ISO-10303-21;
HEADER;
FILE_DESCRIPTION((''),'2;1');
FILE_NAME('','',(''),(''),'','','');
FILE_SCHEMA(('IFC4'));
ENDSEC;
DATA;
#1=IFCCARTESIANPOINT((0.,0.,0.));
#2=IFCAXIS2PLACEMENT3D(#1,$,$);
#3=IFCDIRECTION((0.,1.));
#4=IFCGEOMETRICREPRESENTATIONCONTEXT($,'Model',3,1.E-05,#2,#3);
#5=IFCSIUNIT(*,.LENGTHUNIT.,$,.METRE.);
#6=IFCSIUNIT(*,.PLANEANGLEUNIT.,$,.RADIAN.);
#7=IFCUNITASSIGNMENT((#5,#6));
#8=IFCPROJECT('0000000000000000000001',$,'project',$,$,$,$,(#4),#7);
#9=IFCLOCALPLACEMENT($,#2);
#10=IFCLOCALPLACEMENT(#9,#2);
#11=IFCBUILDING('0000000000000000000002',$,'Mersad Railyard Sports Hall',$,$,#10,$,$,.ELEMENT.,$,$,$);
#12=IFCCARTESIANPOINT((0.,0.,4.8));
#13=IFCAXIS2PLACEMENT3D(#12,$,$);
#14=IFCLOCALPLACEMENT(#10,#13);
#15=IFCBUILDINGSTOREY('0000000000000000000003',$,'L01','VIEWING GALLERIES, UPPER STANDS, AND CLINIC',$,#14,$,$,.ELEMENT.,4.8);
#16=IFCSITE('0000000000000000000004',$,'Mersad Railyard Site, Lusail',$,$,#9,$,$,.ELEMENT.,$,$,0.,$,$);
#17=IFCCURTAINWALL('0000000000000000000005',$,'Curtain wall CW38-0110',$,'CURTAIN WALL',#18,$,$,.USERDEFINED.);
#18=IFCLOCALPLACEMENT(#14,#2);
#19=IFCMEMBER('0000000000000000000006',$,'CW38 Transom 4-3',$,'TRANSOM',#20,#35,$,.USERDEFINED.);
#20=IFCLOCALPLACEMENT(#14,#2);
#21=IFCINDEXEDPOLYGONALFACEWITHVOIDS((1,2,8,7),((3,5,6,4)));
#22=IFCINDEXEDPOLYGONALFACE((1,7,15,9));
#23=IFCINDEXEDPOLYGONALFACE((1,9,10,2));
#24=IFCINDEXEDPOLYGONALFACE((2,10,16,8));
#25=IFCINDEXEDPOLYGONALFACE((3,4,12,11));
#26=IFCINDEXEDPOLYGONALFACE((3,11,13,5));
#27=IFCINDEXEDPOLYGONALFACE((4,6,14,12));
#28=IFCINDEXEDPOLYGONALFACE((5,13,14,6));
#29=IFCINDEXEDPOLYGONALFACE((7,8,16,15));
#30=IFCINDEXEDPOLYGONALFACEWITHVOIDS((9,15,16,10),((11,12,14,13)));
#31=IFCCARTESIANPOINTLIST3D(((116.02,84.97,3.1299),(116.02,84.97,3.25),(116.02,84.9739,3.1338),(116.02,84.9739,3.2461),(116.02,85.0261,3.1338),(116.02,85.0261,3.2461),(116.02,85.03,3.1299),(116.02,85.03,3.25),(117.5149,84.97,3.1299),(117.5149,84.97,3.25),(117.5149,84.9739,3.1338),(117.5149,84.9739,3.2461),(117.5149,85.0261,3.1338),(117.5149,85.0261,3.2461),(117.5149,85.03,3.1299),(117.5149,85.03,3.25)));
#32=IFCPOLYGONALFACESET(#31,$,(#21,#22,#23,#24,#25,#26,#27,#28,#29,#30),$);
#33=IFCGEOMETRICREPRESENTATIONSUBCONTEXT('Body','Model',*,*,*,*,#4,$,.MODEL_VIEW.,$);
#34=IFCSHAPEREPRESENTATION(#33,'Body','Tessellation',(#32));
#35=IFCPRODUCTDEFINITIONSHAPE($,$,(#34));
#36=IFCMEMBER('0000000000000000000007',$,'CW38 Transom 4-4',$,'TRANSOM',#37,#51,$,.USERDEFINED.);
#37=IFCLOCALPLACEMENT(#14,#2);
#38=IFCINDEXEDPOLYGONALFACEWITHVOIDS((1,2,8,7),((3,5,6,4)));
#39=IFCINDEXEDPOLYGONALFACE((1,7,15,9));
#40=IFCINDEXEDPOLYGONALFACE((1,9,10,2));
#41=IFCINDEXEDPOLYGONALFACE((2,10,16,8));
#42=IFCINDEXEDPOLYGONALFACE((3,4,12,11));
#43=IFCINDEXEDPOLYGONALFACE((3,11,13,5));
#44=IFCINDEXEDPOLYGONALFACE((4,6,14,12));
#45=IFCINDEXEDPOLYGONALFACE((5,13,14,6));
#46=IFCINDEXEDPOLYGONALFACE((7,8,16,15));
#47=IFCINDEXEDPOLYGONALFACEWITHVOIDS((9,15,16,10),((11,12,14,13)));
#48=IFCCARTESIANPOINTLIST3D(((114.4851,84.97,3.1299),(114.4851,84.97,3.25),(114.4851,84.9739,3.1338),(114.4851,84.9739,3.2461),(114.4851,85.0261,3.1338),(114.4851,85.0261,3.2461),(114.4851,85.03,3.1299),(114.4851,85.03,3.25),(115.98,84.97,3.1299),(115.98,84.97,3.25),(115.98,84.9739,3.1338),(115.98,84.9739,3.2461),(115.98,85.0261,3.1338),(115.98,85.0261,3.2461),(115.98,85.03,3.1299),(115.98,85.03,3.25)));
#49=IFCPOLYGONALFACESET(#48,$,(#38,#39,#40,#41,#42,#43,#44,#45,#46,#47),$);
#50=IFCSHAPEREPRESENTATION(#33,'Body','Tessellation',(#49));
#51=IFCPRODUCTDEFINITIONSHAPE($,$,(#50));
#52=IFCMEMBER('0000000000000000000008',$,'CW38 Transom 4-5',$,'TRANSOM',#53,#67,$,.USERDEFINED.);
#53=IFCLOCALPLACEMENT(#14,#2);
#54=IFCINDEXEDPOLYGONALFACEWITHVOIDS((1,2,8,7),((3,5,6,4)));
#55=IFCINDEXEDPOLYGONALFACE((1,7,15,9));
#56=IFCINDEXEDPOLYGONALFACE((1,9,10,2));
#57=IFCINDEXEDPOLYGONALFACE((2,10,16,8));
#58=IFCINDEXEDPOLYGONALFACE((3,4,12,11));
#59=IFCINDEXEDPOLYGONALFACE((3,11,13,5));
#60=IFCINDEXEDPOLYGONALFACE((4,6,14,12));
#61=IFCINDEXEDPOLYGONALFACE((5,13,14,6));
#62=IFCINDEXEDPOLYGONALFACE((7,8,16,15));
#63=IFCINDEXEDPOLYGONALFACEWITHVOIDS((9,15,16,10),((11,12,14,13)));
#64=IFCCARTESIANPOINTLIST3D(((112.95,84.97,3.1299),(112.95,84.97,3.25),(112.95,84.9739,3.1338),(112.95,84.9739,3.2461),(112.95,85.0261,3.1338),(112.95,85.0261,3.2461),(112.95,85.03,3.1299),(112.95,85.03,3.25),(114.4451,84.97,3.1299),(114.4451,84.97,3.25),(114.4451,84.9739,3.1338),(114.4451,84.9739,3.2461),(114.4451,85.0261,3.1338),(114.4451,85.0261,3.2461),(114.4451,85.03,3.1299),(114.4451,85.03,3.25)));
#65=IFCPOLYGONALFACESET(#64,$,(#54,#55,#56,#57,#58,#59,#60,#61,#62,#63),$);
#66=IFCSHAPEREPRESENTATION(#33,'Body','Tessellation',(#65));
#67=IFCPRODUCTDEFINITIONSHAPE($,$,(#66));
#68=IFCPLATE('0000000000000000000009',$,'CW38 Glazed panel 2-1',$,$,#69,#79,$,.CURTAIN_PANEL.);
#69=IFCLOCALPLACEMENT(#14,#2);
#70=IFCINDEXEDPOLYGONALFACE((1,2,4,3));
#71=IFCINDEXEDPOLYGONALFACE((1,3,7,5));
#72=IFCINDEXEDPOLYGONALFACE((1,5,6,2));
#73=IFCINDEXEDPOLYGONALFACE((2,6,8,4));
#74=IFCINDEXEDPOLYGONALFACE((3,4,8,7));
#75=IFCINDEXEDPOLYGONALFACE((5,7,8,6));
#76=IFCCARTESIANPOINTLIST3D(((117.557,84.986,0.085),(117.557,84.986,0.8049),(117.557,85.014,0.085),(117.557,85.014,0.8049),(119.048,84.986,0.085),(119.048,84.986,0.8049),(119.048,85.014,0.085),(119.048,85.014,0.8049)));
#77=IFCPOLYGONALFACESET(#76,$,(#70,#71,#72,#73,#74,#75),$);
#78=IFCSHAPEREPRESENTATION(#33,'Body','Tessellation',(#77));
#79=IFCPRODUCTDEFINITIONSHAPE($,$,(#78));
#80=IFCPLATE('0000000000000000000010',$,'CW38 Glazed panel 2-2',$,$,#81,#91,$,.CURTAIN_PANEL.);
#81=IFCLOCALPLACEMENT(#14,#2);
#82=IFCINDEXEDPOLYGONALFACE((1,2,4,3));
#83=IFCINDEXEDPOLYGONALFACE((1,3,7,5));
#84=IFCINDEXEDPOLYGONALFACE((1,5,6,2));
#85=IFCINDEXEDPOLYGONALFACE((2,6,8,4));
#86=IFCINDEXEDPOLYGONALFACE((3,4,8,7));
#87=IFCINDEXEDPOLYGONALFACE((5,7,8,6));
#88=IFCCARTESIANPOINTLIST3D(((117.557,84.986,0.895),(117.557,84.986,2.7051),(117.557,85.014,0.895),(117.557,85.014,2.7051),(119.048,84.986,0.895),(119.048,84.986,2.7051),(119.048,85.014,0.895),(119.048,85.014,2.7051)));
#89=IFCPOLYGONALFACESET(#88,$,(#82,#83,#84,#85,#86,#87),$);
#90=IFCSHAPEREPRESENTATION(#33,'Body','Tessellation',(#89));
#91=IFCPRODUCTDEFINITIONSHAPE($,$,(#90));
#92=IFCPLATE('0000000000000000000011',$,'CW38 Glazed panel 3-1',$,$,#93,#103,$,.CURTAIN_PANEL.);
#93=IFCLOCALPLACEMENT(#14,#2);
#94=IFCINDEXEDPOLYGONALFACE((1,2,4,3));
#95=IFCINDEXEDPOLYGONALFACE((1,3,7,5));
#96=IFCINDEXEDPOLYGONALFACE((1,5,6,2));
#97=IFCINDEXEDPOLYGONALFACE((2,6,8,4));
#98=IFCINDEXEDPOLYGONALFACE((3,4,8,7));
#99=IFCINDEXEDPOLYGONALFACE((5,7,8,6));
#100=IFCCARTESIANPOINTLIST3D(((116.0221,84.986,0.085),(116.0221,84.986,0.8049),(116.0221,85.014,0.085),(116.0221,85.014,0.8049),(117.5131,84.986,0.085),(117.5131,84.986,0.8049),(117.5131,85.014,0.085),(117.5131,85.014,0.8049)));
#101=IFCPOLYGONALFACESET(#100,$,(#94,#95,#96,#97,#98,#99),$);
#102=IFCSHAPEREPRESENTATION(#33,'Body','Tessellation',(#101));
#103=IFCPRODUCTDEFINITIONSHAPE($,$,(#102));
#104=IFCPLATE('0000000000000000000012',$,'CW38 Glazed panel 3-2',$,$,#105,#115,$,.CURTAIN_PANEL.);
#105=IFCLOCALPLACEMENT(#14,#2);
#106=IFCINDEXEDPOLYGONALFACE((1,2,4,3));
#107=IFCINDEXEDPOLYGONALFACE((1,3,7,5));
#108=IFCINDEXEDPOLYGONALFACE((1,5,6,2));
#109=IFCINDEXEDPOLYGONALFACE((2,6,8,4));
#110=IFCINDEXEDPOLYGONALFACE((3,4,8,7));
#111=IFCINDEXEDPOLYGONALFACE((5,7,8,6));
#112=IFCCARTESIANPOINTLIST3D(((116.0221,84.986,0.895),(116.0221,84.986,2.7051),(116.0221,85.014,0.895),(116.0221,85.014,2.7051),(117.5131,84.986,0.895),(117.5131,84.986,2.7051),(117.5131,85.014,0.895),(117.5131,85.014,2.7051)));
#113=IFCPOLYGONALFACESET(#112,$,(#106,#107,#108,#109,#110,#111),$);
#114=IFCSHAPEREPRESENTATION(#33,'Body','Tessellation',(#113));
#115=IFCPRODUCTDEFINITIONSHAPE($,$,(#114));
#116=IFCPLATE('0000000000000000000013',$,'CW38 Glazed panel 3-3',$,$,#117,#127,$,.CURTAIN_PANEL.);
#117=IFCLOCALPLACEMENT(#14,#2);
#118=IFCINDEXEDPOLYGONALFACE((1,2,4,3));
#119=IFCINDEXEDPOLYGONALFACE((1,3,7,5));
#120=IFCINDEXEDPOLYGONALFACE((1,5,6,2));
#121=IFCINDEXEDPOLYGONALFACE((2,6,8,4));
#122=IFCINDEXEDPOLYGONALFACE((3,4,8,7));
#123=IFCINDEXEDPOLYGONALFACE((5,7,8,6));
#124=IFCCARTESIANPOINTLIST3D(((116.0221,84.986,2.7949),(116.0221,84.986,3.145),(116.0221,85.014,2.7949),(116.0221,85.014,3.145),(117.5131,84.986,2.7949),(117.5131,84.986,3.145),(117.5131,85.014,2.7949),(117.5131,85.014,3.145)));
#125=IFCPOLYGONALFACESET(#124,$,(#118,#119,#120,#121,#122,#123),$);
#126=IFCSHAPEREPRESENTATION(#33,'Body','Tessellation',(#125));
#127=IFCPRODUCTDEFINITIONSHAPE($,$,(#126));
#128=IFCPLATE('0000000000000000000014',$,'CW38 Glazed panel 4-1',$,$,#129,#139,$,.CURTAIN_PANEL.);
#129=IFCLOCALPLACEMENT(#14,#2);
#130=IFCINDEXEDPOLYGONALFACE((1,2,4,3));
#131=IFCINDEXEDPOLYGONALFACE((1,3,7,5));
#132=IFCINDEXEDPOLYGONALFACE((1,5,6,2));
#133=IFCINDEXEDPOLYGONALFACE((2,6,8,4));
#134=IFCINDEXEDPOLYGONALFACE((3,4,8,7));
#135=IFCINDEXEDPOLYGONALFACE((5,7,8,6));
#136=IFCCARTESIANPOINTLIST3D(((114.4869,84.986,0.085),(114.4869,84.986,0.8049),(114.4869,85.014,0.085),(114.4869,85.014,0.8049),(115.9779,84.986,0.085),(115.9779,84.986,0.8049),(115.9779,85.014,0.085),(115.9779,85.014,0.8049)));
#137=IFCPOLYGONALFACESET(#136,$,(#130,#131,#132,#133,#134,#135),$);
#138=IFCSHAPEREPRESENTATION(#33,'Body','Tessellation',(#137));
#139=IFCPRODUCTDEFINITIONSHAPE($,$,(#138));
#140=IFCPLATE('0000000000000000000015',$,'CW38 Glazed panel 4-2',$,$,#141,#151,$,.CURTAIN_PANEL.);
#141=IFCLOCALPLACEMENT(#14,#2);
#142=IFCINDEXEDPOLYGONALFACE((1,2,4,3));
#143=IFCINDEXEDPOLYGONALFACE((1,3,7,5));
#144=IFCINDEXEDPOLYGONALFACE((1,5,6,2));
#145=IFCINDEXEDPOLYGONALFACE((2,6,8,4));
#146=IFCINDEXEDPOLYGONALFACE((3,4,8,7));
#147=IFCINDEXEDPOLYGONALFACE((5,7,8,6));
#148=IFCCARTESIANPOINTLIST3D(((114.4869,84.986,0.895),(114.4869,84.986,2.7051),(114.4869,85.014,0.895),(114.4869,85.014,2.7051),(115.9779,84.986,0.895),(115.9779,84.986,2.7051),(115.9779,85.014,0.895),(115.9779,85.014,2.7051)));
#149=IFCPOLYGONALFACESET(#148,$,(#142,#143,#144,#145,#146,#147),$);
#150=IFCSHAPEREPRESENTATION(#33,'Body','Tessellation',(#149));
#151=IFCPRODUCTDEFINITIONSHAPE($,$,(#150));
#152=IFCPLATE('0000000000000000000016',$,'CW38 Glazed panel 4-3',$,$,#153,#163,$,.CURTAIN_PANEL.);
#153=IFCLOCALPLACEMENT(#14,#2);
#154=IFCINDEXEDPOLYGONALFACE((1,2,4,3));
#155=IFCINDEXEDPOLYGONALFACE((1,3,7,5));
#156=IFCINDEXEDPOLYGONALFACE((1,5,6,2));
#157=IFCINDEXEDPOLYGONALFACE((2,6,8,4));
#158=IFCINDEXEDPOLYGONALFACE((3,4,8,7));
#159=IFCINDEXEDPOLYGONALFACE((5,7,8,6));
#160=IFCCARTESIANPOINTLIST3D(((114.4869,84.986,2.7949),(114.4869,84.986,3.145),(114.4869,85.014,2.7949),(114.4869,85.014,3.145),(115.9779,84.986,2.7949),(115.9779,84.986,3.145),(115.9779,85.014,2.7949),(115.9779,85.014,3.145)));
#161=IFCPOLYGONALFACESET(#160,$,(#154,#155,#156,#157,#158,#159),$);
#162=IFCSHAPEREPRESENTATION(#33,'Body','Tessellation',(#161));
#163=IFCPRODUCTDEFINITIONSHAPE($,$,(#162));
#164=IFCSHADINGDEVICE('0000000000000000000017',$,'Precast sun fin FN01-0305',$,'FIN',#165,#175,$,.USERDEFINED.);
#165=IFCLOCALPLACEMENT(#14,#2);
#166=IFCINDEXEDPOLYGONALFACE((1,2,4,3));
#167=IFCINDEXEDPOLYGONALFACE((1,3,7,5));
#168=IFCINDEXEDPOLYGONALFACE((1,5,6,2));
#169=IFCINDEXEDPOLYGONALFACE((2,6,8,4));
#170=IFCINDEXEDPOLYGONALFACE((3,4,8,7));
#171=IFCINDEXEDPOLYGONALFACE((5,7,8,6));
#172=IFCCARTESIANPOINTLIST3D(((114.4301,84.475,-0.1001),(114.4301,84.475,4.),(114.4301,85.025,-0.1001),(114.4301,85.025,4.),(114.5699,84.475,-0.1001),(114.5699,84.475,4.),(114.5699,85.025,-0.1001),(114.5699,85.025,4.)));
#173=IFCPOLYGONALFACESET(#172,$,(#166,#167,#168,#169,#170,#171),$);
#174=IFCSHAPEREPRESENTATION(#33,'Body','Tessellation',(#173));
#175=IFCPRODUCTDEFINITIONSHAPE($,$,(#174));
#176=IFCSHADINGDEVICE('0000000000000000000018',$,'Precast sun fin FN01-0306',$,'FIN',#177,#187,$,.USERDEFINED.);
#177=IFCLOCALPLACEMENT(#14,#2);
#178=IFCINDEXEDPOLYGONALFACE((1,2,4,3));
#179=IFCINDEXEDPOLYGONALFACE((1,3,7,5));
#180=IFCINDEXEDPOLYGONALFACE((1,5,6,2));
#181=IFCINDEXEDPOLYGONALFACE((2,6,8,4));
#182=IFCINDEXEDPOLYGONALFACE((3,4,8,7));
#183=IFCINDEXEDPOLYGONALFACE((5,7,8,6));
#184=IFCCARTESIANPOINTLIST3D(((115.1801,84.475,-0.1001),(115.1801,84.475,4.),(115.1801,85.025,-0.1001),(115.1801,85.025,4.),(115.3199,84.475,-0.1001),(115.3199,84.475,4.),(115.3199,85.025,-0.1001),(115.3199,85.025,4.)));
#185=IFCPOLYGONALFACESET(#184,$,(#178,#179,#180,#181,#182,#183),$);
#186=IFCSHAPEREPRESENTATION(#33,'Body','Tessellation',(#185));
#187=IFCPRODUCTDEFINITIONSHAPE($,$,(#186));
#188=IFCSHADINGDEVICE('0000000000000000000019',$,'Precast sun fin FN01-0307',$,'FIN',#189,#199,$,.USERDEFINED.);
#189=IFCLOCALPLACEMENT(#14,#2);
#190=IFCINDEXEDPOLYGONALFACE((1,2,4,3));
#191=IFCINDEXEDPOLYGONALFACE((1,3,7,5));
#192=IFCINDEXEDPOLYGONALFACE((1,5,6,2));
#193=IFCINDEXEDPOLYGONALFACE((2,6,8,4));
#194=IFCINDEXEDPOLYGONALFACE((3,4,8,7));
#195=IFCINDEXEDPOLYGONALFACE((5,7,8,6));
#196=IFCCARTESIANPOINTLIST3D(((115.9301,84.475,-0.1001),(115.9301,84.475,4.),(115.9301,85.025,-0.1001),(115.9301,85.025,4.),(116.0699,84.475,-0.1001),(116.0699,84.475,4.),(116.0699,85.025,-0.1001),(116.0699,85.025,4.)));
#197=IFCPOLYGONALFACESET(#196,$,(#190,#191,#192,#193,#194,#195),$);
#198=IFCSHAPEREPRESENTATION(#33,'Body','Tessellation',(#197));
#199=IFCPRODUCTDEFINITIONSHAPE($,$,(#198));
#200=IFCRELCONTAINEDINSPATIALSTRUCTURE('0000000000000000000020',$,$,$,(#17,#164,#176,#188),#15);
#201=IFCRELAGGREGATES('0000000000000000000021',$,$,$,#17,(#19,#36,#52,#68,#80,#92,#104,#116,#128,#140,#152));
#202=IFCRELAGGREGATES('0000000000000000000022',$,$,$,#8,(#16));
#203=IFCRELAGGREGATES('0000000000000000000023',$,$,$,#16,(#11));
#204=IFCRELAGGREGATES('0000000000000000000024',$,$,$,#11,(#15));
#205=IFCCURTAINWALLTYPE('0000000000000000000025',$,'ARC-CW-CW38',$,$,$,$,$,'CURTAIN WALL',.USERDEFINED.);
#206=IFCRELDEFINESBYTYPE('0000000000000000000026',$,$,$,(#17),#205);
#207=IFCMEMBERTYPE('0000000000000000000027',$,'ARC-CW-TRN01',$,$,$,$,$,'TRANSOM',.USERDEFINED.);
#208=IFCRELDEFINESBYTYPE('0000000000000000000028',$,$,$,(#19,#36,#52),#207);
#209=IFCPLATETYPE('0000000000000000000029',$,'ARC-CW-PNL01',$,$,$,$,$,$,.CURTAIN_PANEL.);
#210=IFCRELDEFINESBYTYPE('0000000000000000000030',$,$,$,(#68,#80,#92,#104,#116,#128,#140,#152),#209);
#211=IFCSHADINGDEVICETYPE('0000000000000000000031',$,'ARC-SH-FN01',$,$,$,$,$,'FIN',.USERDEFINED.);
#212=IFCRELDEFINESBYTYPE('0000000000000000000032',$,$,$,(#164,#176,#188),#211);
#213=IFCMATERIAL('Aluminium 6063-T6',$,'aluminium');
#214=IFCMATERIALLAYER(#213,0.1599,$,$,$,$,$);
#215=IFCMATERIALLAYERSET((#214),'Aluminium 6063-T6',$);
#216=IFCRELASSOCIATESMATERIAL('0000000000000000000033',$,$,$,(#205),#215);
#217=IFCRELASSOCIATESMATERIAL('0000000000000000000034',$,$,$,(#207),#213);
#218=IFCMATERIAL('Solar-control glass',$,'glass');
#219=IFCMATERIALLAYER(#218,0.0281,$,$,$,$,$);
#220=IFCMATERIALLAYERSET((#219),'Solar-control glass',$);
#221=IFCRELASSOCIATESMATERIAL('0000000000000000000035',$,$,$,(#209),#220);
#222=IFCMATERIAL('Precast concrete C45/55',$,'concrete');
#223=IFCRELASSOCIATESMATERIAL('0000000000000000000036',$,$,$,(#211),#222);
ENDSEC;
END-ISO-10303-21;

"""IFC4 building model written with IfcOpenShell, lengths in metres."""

from ifc_helpers import new_model, si_unit, direction, frame, origin, origin_2d, place, context, subcontext, project, spatial, rectangle, hollow_rectangle, extrude, material, layer, layer_set, material_profile, profile_set, type_object, element, aggregate, save


model = new_model("IFC4")

# Units and contexts
model_context = context("Model", 3, precision=1e-05, world=origin(), true_north=direction((0.0, 1.0)))
body_context = subcontext(model_context, "Body", "Model", "MODEL_VIEW")
ifc_project = project(units=[si_unit("LENGTHUNIT", "METRE"), si_unit("PLANEANGLEUNIT", "RADIAN")], contexts=[model_context])

# Site, building, storey
site_placement = place(None, origin())
site = spatial("IfcSite", under=ifc_project, at=site_placement, Name="Mersad Railyard Site, Lusail", CompositionType="ELEMENT", RefElevation=0.0)
building_placement = place(site_placement, origin())
building = spatial("IfcBuilding", under=site, at=building_placement, Name="Mersad Railyard Sports Hall", CompositionType="ELEMENT")
storey_placement = place(building_placement, frame((0.0, 0.0, 4.8)))
storey = spatial("IfcBuildingStorey", under=building, at=storey_placement, Name="L01", Description="VIEWING GALLERIES, UPPER STANDS, AND CLINIC", CompositionType="ELEMENT", Elevation=4.8)

# Curtain wall, members, plates
ifc_material_1 = material(Name="Aluminium 6063-T6", Category="aluminium")
ifc_layer_1 = layer(ifc_material_1, 0.1599)
ifc_layer_set_1 = layer_set([ifc_layer_1], Name="Aluminium 6063-T6")
curtain_wall_type = type_object("IfcCurtainWallType", Name="ARC-CW-CW38", ElementType="CURTAIN WALL", PredefinedType="USERDEFINED", material=ifc_layer_set_1)
curtain_wall_placement = place(storey_placement, origin())
curtain_wall = element("IfcCurtainWall", 1, at=curtain_wall_placement, inside=storey, type_object=curtain_wall_type, Name="Curtain wall CW38-0110", ObjectType="CURTAIN WALL", PredefinedType="USERDEFINED")
ifc_material_profile_1 = material_profile(ifc_material_1, hollow_rectangle(XDim=0.0601, YDim=0.1201, WallThickness=0.0039, at=origin_2d()), Name="AL TRANSOM 60x120x4")
ifc_profile_set_1 = profile_set([ifc_material_profile_1], Name="Aluminium 6063-T6")
member_type_1 = type_object("IfcMemberType", Name="ARC-CW-TRN01", ElementType="TRANSOM", PredefinedType="USERDEFINED", material=ifc_profile_set_1)
member_1_placement = place(storey_placement, frame((117.5149, 85.0, 3.1899), z_axis=(-1.0, 0.0, 0.0), x_axis=(0.0, -1.0, 0.0)))
member_1 = element("IfcMember", 2, at=member_1_placement, type_object=member_type_1, Name="CW38 Transom 4-3", ObjectType="TRANSOM", PredefinedType="USERDEFINED", context=body_context, shape_type="SweptSolid", body=[
    extrude(hollow_rectangle(XDim=0.0601, YDim=0.1201, WallThickness=0.0039, at=origin_2d()), origin(), (0.0, 0.0, 1.0), 1.4949),
])
member_2_placement = place(storey_placement, frame((115.98, 85.0, 3.1899), z_axis=(-1.0, 0.0, 0.0), x_axis=(0.0, -1.0, 0.0)))
member_2 = element("IfcMember", 3, at=member_2_placement, type_object=member_type_1, Name="CW38 Transom 4-4", ObjectType="TRANSOM", PredefinedType="USERDEFINED", context=body_context, shape_type="SweptSolid", body=[
    extrude(hollow_rectangle(XDim=0.0601, YDim=0.1201, WallThickness=0.0039, at=origin_2d()), origin(), (0.0, 0.0, 1.0), 1.4949),
])
member_3_placement = place(storey_placement, frame((114.4451, 85.0, 3.1899), z_axis=(-1.0, 0.0, 0.0), x_axis=(0.0, -1.0, 0.0)))
member_3 = element("IfcMember", 4, at=member_3_placement, type_object=member_type_1, Name="CW38 Transom 4-5", ObjectType="TRANSOM", PredefinedType="USERDEFINED", context=body_context, shape_type="SweptSolid", body=[
    extrude(hollow_rectangle(XDim=0.0601, YDim=0.1201, WallThickness=0.0039, at=origin_2d()), origin(), (0.0, 0.0, 1.0), 1.4951),
])
ifc_material_2 = material(Name="Solar-control glass", Category="glass")
ifc_layer_2 = layer(ifc_material_2, 0.0281)
ifc_layer_set_2 = layer_set([ifc_layer_2], Name="Solar-control glass")
plate_type = type_object("IfcPlateType", Name="ARC-CW-PNL01", PredefinedType="CURTAIN_PANEL", material=ifc_layer_set_2)
plate_1_placement = place(storey_placement, frame((118.3025, 85.0, 0.085), z_axis=(0.0, 0.0, 1.0), x_axis=(-1.0, 0.0, 0.0)))
plate_1 = element("IfcPlate", 5, at=plate_1_placement, type_object=plate_type, Name="CW38 Glazed panel 2-1", PredefinedType="CURTAIN_PANEL", context=body_context, shape_type="SweptSolid", body=[
    extrude(rectangle(XDim=1.491, YDim=0.0281, at=origin_2d()), origin(), (0.0, 0.0, 1.0), 0.72),
])
plate_2_placement = place(storey_placement, frame((118.3025, 85.0, 0.895), z_axis=(0.0, 0.0, 1.0), x_axis=(-1.0, 0.0, 0.0)))
plate_2 = element("IfcPlate", 6, at=plate_2_placement, type_object=plate_type, Name="CW38 Glazed panel 2-2", PredefinedType="CURTAIN_PANEL", context=body_context, shape_type="SweptSolid", body=[
    extrude(rectangle(XDim=1.491, YDim=0.0281, at=origin_2d()), origin(), (0.0, 0.0, 1.0), 1.8101),
])
plate_3_placement = place(storey_placement, frame((116.7676, 85.0, 0.085), z_axis=(0.0, 0.0, 1.0), x_axis=(-1.0, 0.0, 0.0)))
plate_3 = element("IfcPlate", 7, at=plate_3_placement, type_object=plate_type, Name="CW38 Glazed panel 3-1", PredefinedType="CURTAIN_PANEL", context=body_context, shape_type="SweptSolid", body=[
    extrude(rectangle(XDim=1.491, YDim=0.0281, at=origin_2d()), origin(), (0.0, 0.0, 1.0), 0.72),
])
plate_4_placement = place(storey_placement, frame((116.7676, 85.0, 0.895), z_axis=(0.0, 0.0, 1.0), x_axis=(-1.0, 0.0, 0.0)))
plate_4 = element("IfcPlate", 8, at=plate_4_placement, type_object=plate_type, Name="CW38 Glazed panel 3-2", PredefinedType="CURTAIN_PANEL", context=body_context, shape_type="SweptSolid", body=[
    extrude(rectangle(XDim=1.491, YDim=0.0281, at=origin_2d()), origin(), (0.0, 0.0, 1.0), 1.8101),
])
plate_5_placement = place(storey_placement, frame((116.7676, 85.0, 2.7949), z_axis=(0.0, 0.0, 1.0), x_axis=(-1.0, 0.0, 0.0)))
plate_5 = element("IfcPlate", 9, at=plate_5_placement, type_object=plate_type, Name="CW38 Glazed panel 3-3", PredefinedType="CURTAIN_PANEL", context=body_context, shape_type="SweptSolid", body=[
    extrude(rectangle(XDim=1.491, YDim=0.0281, at=origin_2d()), origin(), (0.0, 0.0, 1.0), 0.3501),
])
plate_6_placement = place(storey_placement, frame((115.2324, 85.0, 0.085), z_axis=(0.0, 0.0, 1.0), x_axis=(-1.0, 0.0, 0.0)))
plate_6 = element("IfcPlate", 10, at=plate_6_placement, type_object=plate_type, Name="CW38 Glazed panel 4-1", PredefinedType="CURTAIN_PANEL", context=body_context, shape_type="SweptSolid", body=[
    extrude(rectangle(XDim=1.491, YDim=0.0281, at=origin_2d()), origin(), (0.0, 0.0, 1.0), 0.72),
])
plate_7_placement = place(storey_placement, frame((115.2324, 85.0, 0.895), z_axis=(0.0, 0.0, 1.0), x_axis=(-1.0, 0.0, 0.0)))
plate_7 = element("IfcPlate", 11, at=plate_7_placement, type_object=plate_type, Name="CW38 Glazed panel 4-2", PredefinedType="CURTAIN_PANEL", context=body_context, shape_type="SweptSolid", body=[
    extrude(rectangle(XDim=1.491, YDim=0.0281, at=origin_2d()), origin(), (0.0, 0.0, 1.0), 1.8101),
])
plate_8_placement = place(storey_placement, frame((115.2324, 85.0, 2.7949), z_axis=(0.0, 0.0, 1.0), x_axis=(-1.0, 0.0, 0.0)))
plate_8 = element("IfcPlate", 12, at=plate_8_placement, type_object=plate_type, Name="CW38 Glazed panel 4-3", PredefinedType="CURTAIN_PANEL", context=body_context, shape_type="SweptSolid", body=[
    extrude(rectangle(XDim=1.491, YDim=0.0281, at=origin_2d()), origin(), (0.0, 0.0, 1.0), 0.3501),
])
aggregate(curtain_wall, [member_1, member_2, member_3, plate_1, plate_2, plate_3, plate_4, plate_5, plate_6, plate_7, plate_8])

# Shading devices
ifc_material_3 = material(Name="Precast concrete C45/55", Category="concrete")
shading_device_type = type_object("IfcShadingDeviceType", Name="ARC-SH-FN01", ElementType="FIN", PredefinedType="USERDEFINED", material=ifc_material_3)
for number, where, z_axis, x_axis, name in (
    (13, (114.5, 84.75, -0.1001), (0.0, 0.0, 1.0), (1.0, 0.0, 0.0), "Precast sun fin FN01-0305"),
    (14, (115.25, 84.75, -0.1001), (0.0, 0.0, 1.0), (1.0, 0.0, 0.0), "Precast sun fin FN01-0306"),
    (15, (116.0, 84.75, -0.1001), (0.0, 0.0, 1.0), (1.0, 0.0, 0.0), "Precast sun fin FN01-0307"),
):
    element("IfcShadingDevice", number, at=place(storey_placement, frame(where, z_axis=z_axis, x_axis=x_axis)), inside=storey, type_object=shading_device_type, Name=name, ObjectType="FIN", PredefinedType="USERDEFINED", context=body_context, shape_type="SweptSolid", body=[
        extrude(rectangle(XDim=0.1399, YDim=0.55, at=origin_2d()), origin(), (0.0, 0.0, 1.0), 4.1001),
    ])

save(model, "model.ifc")
